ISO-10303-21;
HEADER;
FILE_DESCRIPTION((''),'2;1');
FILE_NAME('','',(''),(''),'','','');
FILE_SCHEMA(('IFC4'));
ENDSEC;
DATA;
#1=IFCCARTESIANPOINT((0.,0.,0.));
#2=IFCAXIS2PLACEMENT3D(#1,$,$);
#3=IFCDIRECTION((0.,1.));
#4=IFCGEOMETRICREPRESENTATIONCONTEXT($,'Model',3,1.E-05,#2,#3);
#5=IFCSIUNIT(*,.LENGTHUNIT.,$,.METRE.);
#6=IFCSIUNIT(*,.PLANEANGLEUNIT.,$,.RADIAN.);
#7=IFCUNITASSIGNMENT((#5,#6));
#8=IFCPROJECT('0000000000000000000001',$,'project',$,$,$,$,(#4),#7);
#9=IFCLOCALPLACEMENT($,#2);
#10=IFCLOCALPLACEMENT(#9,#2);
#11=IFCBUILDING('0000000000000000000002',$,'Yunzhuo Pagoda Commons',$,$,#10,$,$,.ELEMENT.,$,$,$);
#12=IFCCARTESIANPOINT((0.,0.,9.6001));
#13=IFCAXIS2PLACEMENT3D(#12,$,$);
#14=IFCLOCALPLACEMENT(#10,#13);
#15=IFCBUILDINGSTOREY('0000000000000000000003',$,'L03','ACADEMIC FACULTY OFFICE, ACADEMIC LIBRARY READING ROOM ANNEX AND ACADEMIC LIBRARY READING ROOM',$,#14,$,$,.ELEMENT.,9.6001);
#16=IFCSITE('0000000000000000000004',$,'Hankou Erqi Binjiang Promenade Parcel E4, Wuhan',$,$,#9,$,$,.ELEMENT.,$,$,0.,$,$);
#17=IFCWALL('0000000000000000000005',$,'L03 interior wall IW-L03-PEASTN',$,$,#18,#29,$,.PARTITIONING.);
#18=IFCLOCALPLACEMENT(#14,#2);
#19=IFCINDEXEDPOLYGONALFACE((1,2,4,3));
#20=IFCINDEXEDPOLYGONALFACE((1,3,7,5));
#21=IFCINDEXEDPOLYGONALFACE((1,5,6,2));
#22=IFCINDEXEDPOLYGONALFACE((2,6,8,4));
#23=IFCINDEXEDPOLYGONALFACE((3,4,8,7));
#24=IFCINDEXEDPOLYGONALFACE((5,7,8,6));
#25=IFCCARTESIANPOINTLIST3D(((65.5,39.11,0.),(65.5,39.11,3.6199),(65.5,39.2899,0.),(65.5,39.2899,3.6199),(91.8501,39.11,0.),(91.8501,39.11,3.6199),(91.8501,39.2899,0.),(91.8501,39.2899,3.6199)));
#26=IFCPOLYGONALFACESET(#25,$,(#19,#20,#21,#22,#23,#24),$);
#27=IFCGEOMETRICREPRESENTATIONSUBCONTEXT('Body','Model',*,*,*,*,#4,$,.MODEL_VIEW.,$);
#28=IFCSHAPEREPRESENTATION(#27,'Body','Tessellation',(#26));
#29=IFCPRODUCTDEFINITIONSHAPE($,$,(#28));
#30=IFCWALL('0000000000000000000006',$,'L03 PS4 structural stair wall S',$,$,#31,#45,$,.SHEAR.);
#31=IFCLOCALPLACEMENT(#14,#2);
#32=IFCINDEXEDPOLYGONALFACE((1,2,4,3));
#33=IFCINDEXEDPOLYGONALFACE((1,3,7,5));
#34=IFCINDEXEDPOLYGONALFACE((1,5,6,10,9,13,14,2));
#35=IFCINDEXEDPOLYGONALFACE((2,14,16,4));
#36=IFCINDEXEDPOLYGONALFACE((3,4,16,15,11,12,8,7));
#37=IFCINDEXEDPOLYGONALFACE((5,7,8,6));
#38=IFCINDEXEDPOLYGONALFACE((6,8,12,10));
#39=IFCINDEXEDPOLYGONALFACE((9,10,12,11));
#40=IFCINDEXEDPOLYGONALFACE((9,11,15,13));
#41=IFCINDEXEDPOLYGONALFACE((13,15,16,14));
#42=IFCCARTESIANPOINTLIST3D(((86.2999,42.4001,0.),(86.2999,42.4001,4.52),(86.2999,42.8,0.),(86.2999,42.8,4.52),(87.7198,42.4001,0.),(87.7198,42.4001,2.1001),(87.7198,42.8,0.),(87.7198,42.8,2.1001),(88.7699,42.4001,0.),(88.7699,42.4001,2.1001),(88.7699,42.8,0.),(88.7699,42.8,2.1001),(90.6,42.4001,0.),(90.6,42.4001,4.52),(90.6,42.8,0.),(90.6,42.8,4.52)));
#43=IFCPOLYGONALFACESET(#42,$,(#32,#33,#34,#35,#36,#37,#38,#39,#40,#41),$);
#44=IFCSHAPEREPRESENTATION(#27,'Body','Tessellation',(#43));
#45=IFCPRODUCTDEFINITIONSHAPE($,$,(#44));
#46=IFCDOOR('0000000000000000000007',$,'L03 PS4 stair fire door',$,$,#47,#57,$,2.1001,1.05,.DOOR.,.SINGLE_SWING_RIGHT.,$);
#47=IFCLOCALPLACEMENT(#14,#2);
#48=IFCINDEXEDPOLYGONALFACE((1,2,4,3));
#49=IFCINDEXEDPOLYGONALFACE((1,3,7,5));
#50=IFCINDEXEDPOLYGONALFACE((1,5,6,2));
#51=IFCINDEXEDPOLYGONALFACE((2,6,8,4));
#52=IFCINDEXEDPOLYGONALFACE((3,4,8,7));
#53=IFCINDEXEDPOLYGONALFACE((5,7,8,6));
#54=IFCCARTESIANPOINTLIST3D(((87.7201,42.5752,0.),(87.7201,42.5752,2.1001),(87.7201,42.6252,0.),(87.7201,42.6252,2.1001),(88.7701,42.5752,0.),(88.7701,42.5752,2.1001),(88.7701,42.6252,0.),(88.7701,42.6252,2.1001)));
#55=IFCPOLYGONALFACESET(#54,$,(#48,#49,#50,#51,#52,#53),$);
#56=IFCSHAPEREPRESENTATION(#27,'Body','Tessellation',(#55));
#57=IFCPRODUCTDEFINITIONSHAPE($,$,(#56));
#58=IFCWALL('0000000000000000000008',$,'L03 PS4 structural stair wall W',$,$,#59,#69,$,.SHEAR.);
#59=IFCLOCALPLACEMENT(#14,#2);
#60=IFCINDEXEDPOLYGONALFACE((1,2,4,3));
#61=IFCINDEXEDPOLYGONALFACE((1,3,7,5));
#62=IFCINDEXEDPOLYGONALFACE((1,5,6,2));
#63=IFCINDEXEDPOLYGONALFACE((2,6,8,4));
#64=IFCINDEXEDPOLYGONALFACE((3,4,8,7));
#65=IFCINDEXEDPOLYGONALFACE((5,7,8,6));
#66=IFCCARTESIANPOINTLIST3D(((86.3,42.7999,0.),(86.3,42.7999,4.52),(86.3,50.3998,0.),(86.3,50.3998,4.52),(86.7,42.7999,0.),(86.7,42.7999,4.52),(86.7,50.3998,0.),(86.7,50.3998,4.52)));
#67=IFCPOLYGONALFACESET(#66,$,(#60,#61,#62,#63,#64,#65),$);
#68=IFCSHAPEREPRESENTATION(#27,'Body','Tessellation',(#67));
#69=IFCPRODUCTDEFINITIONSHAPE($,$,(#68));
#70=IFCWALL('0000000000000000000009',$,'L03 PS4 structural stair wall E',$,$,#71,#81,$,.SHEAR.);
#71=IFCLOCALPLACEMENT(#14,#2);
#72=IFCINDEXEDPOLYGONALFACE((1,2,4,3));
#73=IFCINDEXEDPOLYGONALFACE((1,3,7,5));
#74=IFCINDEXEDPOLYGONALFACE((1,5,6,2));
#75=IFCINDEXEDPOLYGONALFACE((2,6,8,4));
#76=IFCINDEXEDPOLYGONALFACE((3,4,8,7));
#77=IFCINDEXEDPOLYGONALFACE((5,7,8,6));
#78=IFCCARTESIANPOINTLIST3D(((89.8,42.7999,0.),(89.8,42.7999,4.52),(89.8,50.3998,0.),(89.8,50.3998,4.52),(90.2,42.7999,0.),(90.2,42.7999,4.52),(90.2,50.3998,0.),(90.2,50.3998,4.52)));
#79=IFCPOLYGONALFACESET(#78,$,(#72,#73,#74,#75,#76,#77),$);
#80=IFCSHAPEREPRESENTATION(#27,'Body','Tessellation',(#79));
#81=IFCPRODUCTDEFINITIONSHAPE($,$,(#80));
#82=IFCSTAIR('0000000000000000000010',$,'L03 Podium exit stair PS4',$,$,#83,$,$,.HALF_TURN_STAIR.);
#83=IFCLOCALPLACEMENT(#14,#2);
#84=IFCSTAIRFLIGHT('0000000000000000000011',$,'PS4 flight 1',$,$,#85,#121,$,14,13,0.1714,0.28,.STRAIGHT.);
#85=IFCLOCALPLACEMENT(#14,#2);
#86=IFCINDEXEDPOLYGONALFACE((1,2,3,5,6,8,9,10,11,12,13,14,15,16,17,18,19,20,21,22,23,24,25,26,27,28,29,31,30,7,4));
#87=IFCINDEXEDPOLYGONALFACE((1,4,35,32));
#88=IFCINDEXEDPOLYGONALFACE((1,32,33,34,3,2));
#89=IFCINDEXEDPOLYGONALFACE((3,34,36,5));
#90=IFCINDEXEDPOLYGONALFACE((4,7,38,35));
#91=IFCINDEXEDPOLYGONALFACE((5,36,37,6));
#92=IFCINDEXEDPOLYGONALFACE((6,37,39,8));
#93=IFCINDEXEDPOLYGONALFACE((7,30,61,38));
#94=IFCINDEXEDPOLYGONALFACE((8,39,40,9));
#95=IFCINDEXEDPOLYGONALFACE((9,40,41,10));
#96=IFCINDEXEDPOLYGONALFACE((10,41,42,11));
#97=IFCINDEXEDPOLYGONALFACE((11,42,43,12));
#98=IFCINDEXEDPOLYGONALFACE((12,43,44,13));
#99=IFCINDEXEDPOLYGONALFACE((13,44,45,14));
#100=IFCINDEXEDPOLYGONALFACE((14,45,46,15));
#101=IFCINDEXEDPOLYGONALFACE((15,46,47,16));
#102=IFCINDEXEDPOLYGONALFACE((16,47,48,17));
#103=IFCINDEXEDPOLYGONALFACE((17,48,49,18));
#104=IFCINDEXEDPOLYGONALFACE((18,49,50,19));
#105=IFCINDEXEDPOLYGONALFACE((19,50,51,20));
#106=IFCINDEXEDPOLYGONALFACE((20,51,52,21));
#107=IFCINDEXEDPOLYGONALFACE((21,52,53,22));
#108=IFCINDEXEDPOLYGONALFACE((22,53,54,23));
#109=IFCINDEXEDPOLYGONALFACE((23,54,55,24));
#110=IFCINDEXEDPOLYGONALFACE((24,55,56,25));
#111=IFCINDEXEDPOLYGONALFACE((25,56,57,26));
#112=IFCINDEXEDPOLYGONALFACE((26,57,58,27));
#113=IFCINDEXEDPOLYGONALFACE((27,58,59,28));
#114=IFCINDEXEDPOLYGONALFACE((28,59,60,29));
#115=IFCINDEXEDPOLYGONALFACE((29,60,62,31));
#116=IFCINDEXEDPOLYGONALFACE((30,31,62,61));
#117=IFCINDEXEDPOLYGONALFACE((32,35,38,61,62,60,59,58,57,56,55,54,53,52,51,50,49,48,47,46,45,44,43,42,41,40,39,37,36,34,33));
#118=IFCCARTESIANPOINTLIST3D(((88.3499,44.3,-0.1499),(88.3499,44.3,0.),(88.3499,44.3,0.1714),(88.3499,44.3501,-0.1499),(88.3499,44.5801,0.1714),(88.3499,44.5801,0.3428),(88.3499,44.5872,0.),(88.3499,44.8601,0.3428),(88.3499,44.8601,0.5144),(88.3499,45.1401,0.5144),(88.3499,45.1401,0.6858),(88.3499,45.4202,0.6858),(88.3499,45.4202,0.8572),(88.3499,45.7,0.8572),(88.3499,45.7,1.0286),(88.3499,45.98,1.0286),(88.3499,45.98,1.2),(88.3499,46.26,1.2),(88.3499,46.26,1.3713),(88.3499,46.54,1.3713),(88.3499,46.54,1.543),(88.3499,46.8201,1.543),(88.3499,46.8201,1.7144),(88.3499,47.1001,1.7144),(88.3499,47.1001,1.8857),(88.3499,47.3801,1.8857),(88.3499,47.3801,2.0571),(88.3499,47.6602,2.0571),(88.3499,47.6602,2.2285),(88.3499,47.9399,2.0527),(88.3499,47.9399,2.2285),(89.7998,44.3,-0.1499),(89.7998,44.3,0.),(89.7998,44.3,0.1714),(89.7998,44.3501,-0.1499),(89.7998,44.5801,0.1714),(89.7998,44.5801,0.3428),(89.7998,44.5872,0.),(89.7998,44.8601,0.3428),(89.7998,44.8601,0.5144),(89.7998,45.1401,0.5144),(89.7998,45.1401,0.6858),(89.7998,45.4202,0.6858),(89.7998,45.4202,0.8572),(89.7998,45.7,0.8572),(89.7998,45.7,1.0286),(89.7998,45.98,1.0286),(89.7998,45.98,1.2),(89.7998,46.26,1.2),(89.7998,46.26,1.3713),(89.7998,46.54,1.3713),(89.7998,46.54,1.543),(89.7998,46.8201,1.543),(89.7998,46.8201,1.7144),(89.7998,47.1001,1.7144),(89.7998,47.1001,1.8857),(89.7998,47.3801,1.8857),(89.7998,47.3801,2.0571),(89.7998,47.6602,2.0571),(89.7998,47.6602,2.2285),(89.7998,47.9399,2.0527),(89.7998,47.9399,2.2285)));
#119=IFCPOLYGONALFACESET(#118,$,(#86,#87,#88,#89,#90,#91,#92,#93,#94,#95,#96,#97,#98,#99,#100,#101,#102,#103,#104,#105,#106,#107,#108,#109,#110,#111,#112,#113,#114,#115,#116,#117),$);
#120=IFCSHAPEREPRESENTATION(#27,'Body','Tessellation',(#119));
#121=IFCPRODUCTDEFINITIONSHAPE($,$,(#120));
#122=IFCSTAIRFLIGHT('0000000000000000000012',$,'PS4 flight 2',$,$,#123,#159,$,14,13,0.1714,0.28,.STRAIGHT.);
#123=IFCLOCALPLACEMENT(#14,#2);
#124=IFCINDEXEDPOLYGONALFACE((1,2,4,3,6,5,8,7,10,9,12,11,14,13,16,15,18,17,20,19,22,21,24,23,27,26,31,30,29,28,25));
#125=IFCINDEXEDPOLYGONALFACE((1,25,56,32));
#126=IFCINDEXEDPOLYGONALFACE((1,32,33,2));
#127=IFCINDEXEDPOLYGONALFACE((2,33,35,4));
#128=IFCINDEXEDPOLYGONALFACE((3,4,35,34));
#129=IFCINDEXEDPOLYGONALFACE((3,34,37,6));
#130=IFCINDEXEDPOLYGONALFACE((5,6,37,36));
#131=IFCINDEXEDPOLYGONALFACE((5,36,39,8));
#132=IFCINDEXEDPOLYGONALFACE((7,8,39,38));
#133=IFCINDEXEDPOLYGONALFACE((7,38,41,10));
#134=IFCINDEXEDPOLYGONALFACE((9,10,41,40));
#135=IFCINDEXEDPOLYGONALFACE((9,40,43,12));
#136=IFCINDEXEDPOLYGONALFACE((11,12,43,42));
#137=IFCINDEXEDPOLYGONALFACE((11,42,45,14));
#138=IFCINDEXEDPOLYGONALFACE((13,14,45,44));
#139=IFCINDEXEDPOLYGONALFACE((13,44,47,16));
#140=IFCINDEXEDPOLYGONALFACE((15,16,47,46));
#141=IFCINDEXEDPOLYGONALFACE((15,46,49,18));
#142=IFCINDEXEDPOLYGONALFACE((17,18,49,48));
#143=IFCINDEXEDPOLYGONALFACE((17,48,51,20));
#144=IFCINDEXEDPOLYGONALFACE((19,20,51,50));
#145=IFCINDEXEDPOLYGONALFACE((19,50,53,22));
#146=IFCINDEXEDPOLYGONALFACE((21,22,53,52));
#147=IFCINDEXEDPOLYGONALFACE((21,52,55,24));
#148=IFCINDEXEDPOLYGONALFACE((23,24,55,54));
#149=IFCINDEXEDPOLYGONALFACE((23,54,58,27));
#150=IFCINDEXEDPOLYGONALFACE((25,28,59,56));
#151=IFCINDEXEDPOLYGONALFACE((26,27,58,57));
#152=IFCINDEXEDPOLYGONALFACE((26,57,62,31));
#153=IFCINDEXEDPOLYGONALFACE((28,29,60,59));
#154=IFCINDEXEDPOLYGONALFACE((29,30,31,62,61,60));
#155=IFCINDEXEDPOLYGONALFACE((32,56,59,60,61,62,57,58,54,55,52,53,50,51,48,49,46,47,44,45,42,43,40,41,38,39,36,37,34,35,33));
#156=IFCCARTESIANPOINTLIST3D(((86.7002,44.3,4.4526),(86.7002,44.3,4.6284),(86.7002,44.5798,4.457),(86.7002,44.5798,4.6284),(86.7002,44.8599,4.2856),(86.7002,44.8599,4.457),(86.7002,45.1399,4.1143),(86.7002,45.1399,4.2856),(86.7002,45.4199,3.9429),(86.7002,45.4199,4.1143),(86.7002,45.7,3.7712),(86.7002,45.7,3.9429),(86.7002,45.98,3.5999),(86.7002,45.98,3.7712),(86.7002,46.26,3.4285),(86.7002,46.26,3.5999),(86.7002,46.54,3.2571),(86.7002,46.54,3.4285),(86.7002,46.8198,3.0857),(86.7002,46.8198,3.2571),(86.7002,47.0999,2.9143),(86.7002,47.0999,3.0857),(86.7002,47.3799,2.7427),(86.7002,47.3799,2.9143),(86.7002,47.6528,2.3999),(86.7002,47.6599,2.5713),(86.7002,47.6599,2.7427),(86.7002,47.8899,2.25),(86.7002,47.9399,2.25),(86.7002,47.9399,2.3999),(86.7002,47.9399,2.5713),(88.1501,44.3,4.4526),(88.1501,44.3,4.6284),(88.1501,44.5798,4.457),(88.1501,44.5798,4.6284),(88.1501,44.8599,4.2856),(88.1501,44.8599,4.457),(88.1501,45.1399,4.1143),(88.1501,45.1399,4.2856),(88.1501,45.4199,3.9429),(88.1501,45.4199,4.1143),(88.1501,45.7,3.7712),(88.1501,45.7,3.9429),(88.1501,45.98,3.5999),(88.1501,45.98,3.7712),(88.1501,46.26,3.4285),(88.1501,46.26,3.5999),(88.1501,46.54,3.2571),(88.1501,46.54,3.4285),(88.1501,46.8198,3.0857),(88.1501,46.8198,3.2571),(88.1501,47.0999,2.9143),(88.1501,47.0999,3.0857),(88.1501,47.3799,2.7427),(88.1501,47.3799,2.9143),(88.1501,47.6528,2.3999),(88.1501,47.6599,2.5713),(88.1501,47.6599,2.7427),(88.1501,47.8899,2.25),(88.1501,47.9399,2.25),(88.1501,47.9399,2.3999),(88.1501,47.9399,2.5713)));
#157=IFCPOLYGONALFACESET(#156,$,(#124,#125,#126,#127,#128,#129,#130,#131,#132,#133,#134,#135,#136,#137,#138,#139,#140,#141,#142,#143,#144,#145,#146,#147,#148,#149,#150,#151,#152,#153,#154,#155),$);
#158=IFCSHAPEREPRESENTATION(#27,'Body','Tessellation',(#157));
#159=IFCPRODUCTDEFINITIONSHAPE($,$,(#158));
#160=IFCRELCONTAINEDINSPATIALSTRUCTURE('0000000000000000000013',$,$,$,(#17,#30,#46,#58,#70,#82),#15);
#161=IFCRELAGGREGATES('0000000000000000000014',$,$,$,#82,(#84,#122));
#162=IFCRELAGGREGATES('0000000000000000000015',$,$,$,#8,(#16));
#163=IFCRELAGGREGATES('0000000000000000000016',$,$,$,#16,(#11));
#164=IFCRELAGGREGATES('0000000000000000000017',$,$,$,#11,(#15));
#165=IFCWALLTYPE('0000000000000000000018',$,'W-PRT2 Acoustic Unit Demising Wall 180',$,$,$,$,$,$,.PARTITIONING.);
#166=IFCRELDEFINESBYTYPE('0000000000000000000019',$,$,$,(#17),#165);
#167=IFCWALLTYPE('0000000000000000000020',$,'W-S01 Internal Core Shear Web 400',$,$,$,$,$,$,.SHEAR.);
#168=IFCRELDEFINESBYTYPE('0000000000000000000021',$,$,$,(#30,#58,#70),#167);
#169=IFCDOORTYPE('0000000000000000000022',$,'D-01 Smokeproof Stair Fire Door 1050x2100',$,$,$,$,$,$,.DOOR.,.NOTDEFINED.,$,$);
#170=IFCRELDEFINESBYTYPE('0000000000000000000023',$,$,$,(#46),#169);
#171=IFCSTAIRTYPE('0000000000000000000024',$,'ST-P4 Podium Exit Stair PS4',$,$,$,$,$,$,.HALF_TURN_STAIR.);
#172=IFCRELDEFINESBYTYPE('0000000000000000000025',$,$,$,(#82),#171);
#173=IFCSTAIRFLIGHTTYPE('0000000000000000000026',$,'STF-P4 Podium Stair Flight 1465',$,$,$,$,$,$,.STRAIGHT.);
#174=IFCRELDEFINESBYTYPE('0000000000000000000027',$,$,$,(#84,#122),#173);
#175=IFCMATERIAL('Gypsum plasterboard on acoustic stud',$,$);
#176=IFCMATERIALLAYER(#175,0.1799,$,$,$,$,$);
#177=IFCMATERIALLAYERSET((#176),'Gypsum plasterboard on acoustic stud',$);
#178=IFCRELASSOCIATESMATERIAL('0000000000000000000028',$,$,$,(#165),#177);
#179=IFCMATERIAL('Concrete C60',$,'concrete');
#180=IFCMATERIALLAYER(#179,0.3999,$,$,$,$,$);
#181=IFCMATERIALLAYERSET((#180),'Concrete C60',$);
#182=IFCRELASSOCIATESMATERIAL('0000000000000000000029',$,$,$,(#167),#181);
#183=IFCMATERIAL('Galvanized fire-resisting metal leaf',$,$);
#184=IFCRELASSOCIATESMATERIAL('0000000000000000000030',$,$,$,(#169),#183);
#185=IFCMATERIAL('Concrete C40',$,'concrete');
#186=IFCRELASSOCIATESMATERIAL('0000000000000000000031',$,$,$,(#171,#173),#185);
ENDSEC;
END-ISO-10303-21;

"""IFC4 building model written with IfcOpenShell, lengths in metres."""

from ifc_helpers import new_model, si_unit, direction, frame, frame_2d, origin, place, context, subcontext, project, spatial, polyline, rectangle, outline, extrude, source, transform, mapped, material, layer, layer_set, type_object, element, fill, aggregate, save


model = new_model("IFC4")

# Units and contexts
model_context = context("Model", 3, precision=1e-05, world=origin(), true_north=direction((0.0, 1.0)))
body_context = subcontext(model_context, "Body", "Model", "MODEL_VIEW")
ifc_project = project(units=[si_unit("LENGTHUNIT", "METRE"), si_unit("PLANEANGLEUNIT", "RADIAN")], contexts=[model_context])

# Site, building, storey
site_placement = place(None, origin())
site = spatial("IfcSite", under=ifc_project, at=site_placement, Name="Hankou Erqi Binjiang Promenade Parcel E4, Wuhan", CompositionType="ELEMENT", RefElevation=0.0)
building_placement = place(site_placement, origin())
building = spatial("IfcBuilding", under=site, at=building_placement, Name="Yunzhuo Pagoda Commons", CompositionType="ELEMENT")
storey_placement = place(building_placement, frame((0.0, 0.0, 9.6001)))
storey = spatial("IfcBuildingStorey", under=building, at=storey_placement, Name="L03", Description="ACADEMIC FACULTY OFFICE, ACADEMIC LIBRARY READING ROOM ANNEX AND ACADEMIC LIBRARY READING ROOM", CompositionType="ELEMENT", Elevation=9.6001)

# Wall
ifc_material_1 = material(Name="Gypsum plasterboard on acoustic stud")
ifc_layer_1 = layer(ifc_material_1, 0.1799)
ifc_layer_set_1 = layer_set([ifc_layer_1], Name="Gypsum plasterboard on acoustic stud")
wall_type_1 = type_object("IfcWallType", Name="W-PRT2 Acoustic Unit Demising Wall 180", PredefinedType="PARTITIONING", material=ifc_layer_set_1)
wall_1_placement = place(storey_placement, frame((65.5, 39.2, 0.0), z_axis=(0.0, 0.0, 1.0), x_axis=(1.0, 0.0, 0.0)))
element("IfcWall", 1, at=wall_1_placement, inside=storey, type_object=wall_type_1, Name="L03 interior wall IW-L03-PEASTN", PredefinedType="PARTITIONING", context=body_context, shape_type="SweptSolid", body=[
    extrude(rectangle(XDim=26.3501, YDim=0.1799, at=frame_2d((13.175, 0.0))), origin(), (0.0, 0.0, 1.0), 3.6199),
])

# Wall, opening, door
ifc_material_2 = material(Name="Concrete C60", Category="concrete")
ifc_layer_2 = layer(ifc_material_2, 0.3999)
ifc_layer_set_2 = layer_set([ifc_layer_2], Name="Concrete C60")
wall_type_2 = type_object("IfcWallType", Name="W-S01 Internal Core Shear Web 400", PredefinedType="SHEAR", material=ifc_layer_set_2)
wall_2_placement = place(storey_placement, frame((86.3, 42.6001, 0.0), z_axis=(0.0, 0.0, 1.0), x_axis=(1.0, 0.0, 0.0)))
wall_2 = element("IfcWall", 2, at=wall_2_placement, inside=storey, type_object=wall_type_2, Name="L03 PS4 structural stair wall S", PredefinedType="SHEAR", context=body_context, shape_type="SweptSolid", body=[
    extrude(rectangle(XDim=4.3, YDim=0.3999, at=frame_2d((2.1499, 0.0))), origin(), (0.0, 0.0, 1.0), 4.52),
])
opening_placement = place(wall_2_placement, frame((1.4199, 0.0, 0.0)))
opening = element("IfcOpeningElement", 3, at=opening_placement, cuts=wall_2, PredefinedType="OPENING", context=body_context, shape_type="SweptSolid", body=[
    extrude(rectangle(XDim=1.05, YDim=2.1001, at=frame_2d((0.5249, 1.05))), frame((0.0, 0.21, 0.0), z_axis=(0.0, -1.0, 0.0), x_axis=(1.0, 0.0, 0.0)), (0.0, 0.0, 1.0), 0.4199),
])
ifc_material_3 = material(Name="Galvanized fire-resisting metal leaf")
door_type = type_object("IfcDoorType", Name="D-01 Smokeproof Stair Fire Door 1050x2100", OperationType="NOTDEFINED", PredefinedType="DOOR", material=ifc_material_3)
shared_shape_1 = source(origin(), body_context, "Body", "SweptSolid", [
    extrude(rectangle(XDim=1.05, YDim=2.1001, at=frame_2d((0.5249, 1.05))), frame((0.0, 0.0249, 0.0), z_axis=(0.0, -1.0, 0.0), x_axis=(1.0, 0.0, 0.0)), (0.0, 0.0, 1.0), 0.05),
])
door_placement = place(opening_placement, frame((1.05, 0.0, 0.0), z_axis=(0.0, 0.0, 1.0), x_axis=(-1.0, 0.0, 0.0)))
door = element("IfcDoor", 4, at=door_placement, inside=storey, type_object=door_type, Name="L03 PS4 stair fire door", OperationType="SINGLE_SWING_RIGHT", OverallHeight=2.1001, OverallWidth=1.05, PredefinedType="DOOR", context=body_context, shape_type="MappedRepresentation", body=[
    mapped(shared_shape_1, transform((0.0, 0.0, 0.0), scale=1.0)),
])
fill(opening, door)

# Walls
for number, where, z_axis, x_axis, name in (
    (5, (86.5, 42.8, 0.0), (0.0, 0.0, 1.0), (0.0, 1.0, 0.0), "L03 PS4 structural stair wall W"),
    (6, (90.0, 42.8, 0.0), (0.0, 0.0, 1.0), (0.0, 1.0, 0.0), "L03 PS4 structural stair wall E"),
):
    element("IfcWall", number, at=place(storey_placement, frame(where, z_axis=z_axis, x_axis=x_axis)), inside=storey, type_object=wall_type_2, Name=name, PredefinedType="SHEAR", context=body_context, shape_type="SweptSolid", body=[
        extrude(rectangle(XDim=7.5999, YDim=0.3999, at=frame_2d((3.7998, 0.0))), origin(), (0.0, 0.0, 1.0), 4.52),
    ])

# Stair, stair flights
ifc_material_4 = material(Name="Concrete C40", Category="concrete")
stair_type = type_object("IfcStairType", Name="ST-P4 Podium Exit Stair PS4", PredefinedType="HALF_TURN_STAIR", material=ifc_material_4)
stair_placement = place(storey_placement, origin())
stair = element("IfcStair", 7, at=stair_placement, inside=storey, type_object=stair_type, Name="L03 Podium exit stair PS4", PredefinedType="HALF_TURN_STAIR")
stair_flight_type = type_object("IfcStairFlightType", Name="STF-P4 Podium Stair Flight 1465", PredefinedType="STRAIGHT", material=ifc_material_4)
shared_shape_2 = source(origin(), body_context, "Body", "SweptSolid", [
    extrude(outline(polyline([(0.0, -0.1499), (0.0, 0.0), (0.0, 0.1714), (0.28, 0.1714), (0.28, 0.3428), (0.5601, 0.3428), (0.5601, 0.5144), (0.8401, 0.5144), (0.8401, 0.6858), (1.1201, 0.6858), (1.1201, 0.8572), (1.3999, 0.8572), (1.3999, 1.0286), (1.6799, 1.0286), (1.6799, 1.2), (1.96, 1.2), (1.96, 1.3713), (2.24, 1.3713), (2.24, 1.543), (2.52, 1.543), (2.52, 1.7144), (2.8, 1.7144), (2.8, 1.8857), (3.0801, 1.8857), (3.0801, 2.0571), (3.3601, 2.0571), (3.3601, 2.2285), (3.6399, 2.2285), (3.6399, 2.3999), (3.6399, 2.0527), (0.2871, 0.0), (0.05, -0.1499), (0.0, -0.1499)])), frame((0.0, 0.7251, 0.0), z_axis=(0.0, -1.0, 0.0), x_axis=(1.0, 0.0, 0.0)), (0.0, 0.0, 1.0), 1.45),
])
stair_flight_1_placement = place(storey_placement, frame((89.075, 44.3, 0.0), z_axis=(0.0, 0.0, 1.0), x_axis=(0.0, 1.0, 0.0)))
stair_flight_1 = element("IfcStairFlight", 8, at=stair_flight_1_placement, type_object=stair_flight_type, Name="PS4 flight 1", NumberOfRisers=14, NumberOfTreads=13, PredefinedType="STRAIGHT", RiserHeight=0.1714, TreadLength=0.28, context=body_context, shape_type="MappedRepresentation", body=[
    mapped(shared_shape_2, transform((0.0, 0.0, 0.0), scale=1.0)),
])
stair_flight_2_placement = place(storey_placement, frame((87.425, 47.9399, 2.3999), z_axis=(0.0, 0.0, 1.0), x_axis=(0.0, -1.0, 0.0)))
stair_flight_2 = element("IfcStairFlight", 9, at=stair_flight_2_placement, type_object=stair_flight_type, Name="PS4 flight 2", NumberOfRisers=14, NumberOfTreads=13, PredefinedType="STRAIGHT", RiserHeight=0.1714, TreadLength=0.28, context=body_context, shape_type="MappedRepresentation", body=[
    mapped(shared_shape_2, transform((0.0, 0.0, 0.0), scale=1.0)),
])
aggregate(stair, [stair_flight_1, stair_flight_2])

save(model, "model.ifc")
